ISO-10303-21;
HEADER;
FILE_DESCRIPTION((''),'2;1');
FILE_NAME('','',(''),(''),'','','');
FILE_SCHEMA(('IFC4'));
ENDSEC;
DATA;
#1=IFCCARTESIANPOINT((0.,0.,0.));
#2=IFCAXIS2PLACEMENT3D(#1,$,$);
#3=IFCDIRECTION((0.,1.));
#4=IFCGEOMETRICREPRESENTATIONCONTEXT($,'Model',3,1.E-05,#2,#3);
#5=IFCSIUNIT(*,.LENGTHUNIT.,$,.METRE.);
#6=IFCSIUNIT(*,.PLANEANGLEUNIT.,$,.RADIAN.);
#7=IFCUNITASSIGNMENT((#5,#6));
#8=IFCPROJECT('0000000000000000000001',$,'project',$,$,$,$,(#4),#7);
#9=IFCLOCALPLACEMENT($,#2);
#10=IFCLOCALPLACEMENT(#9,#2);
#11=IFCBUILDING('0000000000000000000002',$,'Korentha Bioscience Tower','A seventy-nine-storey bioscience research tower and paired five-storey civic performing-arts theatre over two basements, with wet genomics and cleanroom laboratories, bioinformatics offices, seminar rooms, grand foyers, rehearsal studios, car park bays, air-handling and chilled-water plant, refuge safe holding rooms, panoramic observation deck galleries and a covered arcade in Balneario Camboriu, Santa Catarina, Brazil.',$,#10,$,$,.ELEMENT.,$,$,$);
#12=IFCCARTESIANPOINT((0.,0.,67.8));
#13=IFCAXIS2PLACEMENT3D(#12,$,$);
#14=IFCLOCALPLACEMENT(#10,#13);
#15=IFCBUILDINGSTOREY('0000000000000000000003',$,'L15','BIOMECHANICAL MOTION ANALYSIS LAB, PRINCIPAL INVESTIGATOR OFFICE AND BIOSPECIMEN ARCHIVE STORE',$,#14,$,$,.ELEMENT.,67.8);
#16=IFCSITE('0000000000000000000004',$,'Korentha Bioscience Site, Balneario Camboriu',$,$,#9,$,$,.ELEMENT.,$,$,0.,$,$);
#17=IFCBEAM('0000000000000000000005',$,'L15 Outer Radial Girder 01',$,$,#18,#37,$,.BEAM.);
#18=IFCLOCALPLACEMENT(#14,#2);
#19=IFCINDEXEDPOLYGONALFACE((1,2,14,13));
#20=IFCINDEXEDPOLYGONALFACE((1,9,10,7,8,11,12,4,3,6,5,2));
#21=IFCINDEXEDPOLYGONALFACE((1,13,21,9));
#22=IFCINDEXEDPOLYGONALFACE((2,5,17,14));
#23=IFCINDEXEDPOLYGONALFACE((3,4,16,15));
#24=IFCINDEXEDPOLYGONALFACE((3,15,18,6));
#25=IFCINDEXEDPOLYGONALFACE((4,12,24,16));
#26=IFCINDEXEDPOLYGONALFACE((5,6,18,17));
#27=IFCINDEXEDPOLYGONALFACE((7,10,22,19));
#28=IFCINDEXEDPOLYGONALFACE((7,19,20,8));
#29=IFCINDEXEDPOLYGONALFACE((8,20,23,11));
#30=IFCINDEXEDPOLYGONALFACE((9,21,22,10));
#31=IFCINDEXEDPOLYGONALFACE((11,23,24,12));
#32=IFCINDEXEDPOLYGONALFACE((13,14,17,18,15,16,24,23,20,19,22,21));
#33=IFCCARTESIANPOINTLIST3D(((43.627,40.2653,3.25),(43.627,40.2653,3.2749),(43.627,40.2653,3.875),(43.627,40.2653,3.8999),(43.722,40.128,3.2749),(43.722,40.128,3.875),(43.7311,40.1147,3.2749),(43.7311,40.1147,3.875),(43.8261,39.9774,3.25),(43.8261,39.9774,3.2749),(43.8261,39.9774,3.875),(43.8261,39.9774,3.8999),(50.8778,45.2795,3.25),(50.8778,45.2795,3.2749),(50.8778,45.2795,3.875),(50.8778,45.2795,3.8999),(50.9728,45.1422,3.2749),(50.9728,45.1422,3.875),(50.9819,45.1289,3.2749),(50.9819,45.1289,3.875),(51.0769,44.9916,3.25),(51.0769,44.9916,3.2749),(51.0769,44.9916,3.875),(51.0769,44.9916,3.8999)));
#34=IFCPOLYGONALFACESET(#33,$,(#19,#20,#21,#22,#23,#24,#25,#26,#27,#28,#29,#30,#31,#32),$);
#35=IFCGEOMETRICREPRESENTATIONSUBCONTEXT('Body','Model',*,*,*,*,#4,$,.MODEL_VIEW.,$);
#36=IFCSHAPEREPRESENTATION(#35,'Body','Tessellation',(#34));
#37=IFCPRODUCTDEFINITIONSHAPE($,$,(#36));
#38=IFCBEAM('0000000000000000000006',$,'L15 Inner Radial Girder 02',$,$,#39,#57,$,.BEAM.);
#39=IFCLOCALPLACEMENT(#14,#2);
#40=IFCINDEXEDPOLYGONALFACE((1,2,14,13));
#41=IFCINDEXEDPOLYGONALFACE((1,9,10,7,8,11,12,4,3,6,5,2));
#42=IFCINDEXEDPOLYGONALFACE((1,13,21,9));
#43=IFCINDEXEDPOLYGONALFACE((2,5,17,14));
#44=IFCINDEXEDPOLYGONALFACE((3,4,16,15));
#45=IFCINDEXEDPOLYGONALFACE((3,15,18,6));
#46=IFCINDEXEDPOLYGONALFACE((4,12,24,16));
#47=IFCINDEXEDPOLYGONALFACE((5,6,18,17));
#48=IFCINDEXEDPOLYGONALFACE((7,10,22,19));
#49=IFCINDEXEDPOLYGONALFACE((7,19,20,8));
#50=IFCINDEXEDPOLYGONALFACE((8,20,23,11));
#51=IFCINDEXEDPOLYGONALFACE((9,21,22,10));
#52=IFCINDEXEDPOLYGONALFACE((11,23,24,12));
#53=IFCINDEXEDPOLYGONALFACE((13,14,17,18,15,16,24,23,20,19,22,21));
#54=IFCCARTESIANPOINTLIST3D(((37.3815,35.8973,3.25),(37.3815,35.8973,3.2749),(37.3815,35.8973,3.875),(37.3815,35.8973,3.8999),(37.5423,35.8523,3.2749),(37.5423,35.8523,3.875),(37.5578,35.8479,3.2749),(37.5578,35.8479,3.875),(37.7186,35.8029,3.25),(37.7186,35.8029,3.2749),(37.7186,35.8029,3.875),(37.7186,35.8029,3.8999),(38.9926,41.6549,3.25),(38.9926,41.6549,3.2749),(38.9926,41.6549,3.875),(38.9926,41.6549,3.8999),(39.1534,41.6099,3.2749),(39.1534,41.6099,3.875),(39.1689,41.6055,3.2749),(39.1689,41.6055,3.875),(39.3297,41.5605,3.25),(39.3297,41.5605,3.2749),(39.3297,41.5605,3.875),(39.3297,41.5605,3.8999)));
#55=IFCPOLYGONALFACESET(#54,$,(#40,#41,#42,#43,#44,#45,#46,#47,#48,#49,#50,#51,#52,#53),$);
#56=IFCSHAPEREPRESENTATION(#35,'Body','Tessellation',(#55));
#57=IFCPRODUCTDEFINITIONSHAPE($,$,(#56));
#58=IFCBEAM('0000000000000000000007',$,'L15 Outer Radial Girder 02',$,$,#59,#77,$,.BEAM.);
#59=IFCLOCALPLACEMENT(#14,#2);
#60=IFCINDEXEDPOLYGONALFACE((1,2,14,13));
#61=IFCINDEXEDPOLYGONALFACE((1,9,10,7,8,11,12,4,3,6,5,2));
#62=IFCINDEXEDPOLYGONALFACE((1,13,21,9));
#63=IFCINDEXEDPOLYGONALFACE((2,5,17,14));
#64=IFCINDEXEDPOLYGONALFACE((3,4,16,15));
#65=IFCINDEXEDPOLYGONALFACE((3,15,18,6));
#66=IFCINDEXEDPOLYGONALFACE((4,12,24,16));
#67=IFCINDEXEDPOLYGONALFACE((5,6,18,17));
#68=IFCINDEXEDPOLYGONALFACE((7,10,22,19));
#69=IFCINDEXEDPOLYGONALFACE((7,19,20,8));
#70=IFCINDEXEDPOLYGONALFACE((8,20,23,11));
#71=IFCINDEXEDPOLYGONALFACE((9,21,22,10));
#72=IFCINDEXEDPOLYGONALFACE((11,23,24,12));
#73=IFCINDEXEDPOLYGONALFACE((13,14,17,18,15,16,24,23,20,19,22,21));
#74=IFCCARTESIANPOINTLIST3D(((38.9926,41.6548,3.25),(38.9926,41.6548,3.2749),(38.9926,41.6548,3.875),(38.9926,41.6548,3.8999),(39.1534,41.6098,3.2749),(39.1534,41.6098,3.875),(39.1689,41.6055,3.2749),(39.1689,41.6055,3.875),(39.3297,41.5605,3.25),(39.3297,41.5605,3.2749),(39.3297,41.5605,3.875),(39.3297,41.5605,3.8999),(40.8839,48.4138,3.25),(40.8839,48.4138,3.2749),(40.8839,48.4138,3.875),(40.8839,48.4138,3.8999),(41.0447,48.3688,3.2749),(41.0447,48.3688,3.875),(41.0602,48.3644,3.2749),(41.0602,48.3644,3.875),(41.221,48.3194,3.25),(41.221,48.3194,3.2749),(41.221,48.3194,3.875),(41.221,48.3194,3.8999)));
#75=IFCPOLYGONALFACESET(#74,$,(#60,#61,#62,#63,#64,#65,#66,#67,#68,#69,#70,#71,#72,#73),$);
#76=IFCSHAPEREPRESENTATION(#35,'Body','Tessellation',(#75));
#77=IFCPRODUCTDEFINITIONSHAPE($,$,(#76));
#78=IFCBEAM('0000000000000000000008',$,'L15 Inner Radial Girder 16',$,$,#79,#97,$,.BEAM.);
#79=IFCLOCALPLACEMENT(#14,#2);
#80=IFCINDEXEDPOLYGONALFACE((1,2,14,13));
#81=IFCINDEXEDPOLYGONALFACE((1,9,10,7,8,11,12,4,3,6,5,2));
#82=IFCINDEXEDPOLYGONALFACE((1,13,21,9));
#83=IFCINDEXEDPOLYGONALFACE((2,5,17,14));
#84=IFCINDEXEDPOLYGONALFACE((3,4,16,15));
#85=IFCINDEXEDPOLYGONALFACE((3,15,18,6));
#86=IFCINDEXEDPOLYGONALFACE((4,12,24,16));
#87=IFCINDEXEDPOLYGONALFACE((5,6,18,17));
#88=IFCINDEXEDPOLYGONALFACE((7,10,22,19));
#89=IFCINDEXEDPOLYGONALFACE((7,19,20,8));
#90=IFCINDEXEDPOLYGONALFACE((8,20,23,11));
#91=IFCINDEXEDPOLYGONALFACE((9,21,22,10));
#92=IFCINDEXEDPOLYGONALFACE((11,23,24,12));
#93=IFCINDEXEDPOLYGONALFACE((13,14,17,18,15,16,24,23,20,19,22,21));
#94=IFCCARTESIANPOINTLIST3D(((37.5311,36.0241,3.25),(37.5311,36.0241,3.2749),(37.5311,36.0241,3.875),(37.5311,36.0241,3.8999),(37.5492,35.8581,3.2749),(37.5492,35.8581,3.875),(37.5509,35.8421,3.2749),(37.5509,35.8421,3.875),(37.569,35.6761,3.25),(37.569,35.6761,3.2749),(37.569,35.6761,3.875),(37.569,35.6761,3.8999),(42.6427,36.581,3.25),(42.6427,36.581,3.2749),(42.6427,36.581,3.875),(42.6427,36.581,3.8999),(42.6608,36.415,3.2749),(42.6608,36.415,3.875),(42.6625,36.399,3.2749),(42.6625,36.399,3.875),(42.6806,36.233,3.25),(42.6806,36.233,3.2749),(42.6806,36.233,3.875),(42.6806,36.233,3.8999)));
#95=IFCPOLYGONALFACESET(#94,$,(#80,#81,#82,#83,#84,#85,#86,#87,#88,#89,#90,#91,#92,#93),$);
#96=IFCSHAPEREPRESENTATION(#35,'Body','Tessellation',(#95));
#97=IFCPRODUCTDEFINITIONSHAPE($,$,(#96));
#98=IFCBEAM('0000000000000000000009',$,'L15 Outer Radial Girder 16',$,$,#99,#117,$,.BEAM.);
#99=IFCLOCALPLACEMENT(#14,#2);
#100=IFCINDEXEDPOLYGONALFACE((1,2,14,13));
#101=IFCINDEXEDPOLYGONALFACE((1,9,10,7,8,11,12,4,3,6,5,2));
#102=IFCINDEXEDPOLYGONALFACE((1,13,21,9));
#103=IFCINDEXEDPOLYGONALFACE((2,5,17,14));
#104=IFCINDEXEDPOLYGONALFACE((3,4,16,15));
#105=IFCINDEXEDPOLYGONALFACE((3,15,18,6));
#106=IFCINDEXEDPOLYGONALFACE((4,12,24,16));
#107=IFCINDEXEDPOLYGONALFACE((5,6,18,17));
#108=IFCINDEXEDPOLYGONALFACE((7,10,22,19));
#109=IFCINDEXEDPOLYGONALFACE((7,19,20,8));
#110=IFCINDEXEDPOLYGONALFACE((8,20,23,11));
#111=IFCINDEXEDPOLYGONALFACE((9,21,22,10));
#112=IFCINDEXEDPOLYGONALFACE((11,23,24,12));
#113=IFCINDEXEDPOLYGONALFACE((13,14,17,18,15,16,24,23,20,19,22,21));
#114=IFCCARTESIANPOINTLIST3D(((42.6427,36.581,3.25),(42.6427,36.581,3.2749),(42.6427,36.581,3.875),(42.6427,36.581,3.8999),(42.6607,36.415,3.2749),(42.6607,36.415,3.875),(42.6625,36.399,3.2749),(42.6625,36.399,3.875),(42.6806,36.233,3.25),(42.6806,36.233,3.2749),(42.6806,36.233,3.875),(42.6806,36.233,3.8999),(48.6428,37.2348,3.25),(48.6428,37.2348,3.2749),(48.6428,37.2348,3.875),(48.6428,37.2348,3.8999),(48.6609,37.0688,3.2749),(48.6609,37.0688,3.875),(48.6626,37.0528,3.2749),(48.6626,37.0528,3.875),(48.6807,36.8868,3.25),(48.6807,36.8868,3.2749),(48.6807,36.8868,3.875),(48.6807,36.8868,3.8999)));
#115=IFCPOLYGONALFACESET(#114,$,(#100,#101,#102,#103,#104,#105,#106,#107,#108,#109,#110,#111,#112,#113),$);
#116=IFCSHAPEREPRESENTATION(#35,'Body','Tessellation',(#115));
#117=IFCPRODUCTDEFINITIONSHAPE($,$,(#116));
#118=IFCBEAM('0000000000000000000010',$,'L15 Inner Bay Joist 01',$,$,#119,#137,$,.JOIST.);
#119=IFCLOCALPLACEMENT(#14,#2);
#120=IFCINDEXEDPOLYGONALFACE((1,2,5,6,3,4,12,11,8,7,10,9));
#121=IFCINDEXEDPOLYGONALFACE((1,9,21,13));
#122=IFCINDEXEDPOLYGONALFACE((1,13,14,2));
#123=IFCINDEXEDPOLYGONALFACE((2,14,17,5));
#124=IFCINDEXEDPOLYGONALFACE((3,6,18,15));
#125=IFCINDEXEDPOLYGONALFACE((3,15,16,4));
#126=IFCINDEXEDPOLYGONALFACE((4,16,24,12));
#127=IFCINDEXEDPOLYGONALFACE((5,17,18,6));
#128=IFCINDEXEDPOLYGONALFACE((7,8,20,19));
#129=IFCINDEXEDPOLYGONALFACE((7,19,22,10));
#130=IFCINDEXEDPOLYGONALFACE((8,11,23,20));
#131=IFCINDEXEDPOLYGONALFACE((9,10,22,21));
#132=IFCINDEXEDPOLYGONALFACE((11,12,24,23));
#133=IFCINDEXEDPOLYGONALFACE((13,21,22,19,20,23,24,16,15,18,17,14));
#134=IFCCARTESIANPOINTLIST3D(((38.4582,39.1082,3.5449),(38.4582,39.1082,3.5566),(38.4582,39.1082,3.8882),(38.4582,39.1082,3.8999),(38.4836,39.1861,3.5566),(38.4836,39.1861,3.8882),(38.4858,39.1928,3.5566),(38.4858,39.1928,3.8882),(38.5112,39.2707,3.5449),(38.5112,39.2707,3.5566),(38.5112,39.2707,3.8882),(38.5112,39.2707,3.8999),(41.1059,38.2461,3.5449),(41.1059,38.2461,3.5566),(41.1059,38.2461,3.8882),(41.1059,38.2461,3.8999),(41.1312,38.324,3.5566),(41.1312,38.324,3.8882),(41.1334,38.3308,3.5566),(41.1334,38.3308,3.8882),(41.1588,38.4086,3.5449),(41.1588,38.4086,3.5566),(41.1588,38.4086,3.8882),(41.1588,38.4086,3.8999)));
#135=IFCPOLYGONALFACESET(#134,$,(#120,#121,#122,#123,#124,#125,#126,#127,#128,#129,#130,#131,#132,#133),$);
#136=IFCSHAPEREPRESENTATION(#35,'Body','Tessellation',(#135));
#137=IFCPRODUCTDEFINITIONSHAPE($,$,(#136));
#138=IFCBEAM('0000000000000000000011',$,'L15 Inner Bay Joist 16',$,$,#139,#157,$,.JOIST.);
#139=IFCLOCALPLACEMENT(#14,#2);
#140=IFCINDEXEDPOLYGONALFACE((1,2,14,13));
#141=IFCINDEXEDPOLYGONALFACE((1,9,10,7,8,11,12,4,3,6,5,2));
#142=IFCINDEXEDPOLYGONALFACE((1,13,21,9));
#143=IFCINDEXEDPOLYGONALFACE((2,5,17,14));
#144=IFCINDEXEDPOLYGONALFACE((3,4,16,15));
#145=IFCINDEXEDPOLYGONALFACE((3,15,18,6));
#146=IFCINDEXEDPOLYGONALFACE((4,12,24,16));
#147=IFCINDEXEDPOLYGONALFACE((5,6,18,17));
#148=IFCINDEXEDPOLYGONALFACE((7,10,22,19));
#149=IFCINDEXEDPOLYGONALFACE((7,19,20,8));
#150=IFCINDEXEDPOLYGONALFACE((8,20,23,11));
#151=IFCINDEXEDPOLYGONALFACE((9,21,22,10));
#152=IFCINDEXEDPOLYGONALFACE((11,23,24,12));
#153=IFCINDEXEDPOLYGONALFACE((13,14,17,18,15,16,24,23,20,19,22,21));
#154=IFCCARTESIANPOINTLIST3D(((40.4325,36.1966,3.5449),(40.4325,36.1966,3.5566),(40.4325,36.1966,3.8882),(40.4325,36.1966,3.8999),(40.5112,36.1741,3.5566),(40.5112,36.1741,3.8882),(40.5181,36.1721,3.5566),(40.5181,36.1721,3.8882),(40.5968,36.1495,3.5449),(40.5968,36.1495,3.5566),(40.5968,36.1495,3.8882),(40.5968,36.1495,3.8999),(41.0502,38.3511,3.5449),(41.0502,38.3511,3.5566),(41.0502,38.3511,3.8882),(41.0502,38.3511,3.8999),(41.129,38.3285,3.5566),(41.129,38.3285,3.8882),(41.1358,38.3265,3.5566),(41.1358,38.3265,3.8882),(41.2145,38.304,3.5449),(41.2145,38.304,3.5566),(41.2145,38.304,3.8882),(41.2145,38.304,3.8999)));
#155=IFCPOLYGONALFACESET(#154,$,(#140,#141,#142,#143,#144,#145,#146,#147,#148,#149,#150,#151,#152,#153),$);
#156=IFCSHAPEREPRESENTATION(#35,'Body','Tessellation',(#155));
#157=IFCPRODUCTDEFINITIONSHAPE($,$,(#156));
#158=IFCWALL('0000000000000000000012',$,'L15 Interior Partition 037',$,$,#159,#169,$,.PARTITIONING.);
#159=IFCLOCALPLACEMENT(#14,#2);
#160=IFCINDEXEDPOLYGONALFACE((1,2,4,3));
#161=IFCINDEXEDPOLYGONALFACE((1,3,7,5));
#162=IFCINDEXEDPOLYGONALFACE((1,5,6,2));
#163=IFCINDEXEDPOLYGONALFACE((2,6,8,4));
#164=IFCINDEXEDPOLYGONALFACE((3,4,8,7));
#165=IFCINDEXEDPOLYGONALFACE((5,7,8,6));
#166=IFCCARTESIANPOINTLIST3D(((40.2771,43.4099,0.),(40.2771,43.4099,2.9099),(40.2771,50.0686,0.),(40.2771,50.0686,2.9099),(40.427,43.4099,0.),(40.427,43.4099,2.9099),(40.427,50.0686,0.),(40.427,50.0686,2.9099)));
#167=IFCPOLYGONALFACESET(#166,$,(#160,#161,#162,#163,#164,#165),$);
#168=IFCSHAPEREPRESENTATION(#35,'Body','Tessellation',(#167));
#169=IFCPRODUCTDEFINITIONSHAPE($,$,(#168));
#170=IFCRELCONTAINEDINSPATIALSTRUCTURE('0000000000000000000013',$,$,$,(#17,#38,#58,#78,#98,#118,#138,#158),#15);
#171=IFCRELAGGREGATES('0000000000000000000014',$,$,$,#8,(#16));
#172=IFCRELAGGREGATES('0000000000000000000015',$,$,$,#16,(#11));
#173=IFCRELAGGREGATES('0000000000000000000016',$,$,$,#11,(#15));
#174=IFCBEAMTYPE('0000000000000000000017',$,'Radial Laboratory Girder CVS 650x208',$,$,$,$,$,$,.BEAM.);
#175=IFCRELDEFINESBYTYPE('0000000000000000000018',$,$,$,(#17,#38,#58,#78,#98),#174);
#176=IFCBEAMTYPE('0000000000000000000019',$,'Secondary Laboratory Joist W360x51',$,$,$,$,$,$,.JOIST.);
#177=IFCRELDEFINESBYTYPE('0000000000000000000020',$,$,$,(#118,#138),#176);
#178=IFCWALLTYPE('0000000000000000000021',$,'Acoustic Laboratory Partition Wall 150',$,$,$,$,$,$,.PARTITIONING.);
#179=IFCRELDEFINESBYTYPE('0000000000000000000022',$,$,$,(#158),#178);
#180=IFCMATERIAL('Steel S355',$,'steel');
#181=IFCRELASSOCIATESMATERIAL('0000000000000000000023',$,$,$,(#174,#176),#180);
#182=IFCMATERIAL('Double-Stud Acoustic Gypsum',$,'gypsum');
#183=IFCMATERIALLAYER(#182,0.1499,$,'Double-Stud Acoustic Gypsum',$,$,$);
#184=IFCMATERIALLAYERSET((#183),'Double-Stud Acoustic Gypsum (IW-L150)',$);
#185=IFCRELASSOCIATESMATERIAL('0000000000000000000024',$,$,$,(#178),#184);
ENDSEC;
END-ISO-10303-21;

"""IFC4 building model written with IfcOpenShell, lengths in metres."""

from ifc_helpers import new_model, si_unit, direction, frame, frame_2d, origin, origin_2d, place, context, subcontext, project, spatial, rectangle, i_section, extrude, material, layer, layer_set, material_profile, profile_set, type_object, element, save


model = new_model("IFC4")

# Units and contexts
model_context = context("Model", 3, precision=1e-05, world=origin(), true_north=direction((0.0, 1.0)))
body_context = subcontext(model_context, "Body", "Model", "MODEL_VIEW")
ifc_project = project(units=[si_unit("LENGTHUNIT", "METRE"), si_unit("PLANEANGLEUNIT", "RADIAN")], contexts=[model_context])

# Site, building, storey
site_placement = place(None, origin())
site = spatial("IfcSite", under=ifc_project, at=site_placement, Name="Korentha Bioscience Site, Balneario Camboriu", CompositionType="ELEMENT", RefElevation=0.0)
building_placement = place(site_placement, origin())
building = spatial("IfcBuilding", under=site, at=building_placement, Name="Korentha Bioscience Tower", Description="A seventy-nine-storey bioscience research tower and paired five-storey civic performing-arts theatre over two basements, with wet genomics and cleanroom laboratories, bioinformatics offices, seminar rooms, grand foyers, rehearsal studios, car park bays, air-handling and chilled-water plant, refuge safe holding rooms, panoramic observation deck galleries and a covered arcade in Balneario Camboriu, Santa Catarina, Brazil.", CompositionType="ELEMENT")
storey_placement = place(building_placement, frame((0.0, 0.0, 67.8)))
storey = spatial("IfcBuildingStorey", under=building, at=storey_placement, Name="L15", Description="BIOMECHANICAL MOTION ANALYSIS LAB, PRINCIPAL INVESTIGATOR OFFICE AND BIOSPECIMEN ARCHIVE STORE", CompositionType="ELEMENT", Elevation=67.8)

# Beams
ifc_material_1 = material(Name="Steel S355", Category="steel")
ifc_material_profile_1 = material_profile(ifc_material_1, i_section(OverallWidth=0.3501, OverallDepth=0.6499, WebThickness=0.0161, FlangeThickness=0.0249, at=origin_2d()), Name="Steel S355")
ifc_profile_set_1 = profile_set([ifc_material_profile_1], Name="Steel S355 (RB-650)")
beam_type_1 = type_object("IfcBeamType", Name="Radial Laboratory Girder CVS 650x208", PredefinedType="BEAM", material=ifc_profile_set_1)
beam_1_placement = place(storey_placement, frame((43.7266, 40.1213, 3.575), z_axis=(0.822488, 0.568782, 0.0), x_axis=(-0.568782, 0.822488, 0.0)))
element("IfcBeam", 1, at=beam_1_placement, inside=storey, type_object=beam_type_1, Name="L15 Outer Radial Girder 01", PredefinedType="BEAM", context=body_context, shape_type="SweptSolid", body=[
    extrude(i_section(OverallWidth=0.3501, OverallDepth=0.6499, WebThickness=0.0161, FlangeThickness=0.0249, at=origin_2d()), origin(), (0.0, 0.0, 1.0), 8.8157),
])
beam_2_placement = place(storey_placement, frame((37.55, 35.8501, 3.575), z_axis=(0.269469, 0.963009, 0.0), x_axis=(-0.963009, 0.269469, 0.0)))
element("IfcBeam", 2, at=beam_2_placement, inside=storey, type_object=beam_type_1, Name="L15 Inner Radial Girder 02", PredefinedType="BEAM", context=body_context, shape_type="SweptSolid", body=[
    extrude(i_section(OverallWidth=0.3501, OverallDepth=0.6499, WebThickness=0.0161, FlangeThickness=0.0249, at=origin_2d()), origin(), (0.0, 0.0, 1.0), 5.9788),
])
beam_3_placement = place(storey_placement, frame((39.1611, 41.6077, 3.575), z_axis=(0.269475, 0.963007, 0.0), x_axis=(-0.963007, 0.269475, 0.0)))
element("IfcBeam", 3, at=beam_3_placement, inside=storey, type_object=beam_type_1, Name="L15 Outer Radial Girder 02", PredefinedType="BEAM", context=body_context, shape_type="SweptSolid", body=[
    extrude(i_section(OverallWidth=0.3501, OverallDepth=0.6499, WebThickness=0.0161, FlangeThickness=0.0249, at=origin_2d()), origin(), (0.0, 0.0, 1.0), 7.0186),
])
beam_4_placement = place(storey_placement, frame((37.55, 35.8501, 3.575), z_axis=(0.994118, 0.108305, 0.0), x_axis=(-0.108305, 0.994118, 0.0)))
element("IfcBeam", 4, at=beam_4_placement, inside=storey, type_object=beam_type_1, Name="L15 Inner Radial Girder 16", PredefinedType="BEAM", context=body_context, shape_type="SweptSolid", body=[
    extrude(i_section(OverallWidth=0.3501, OverallDepth=0.6499, WebThickness=0.0161, FlangeThickness=0.0249, at=origin_2d()), origin(), (0.0, 0.0, 1.0), 5.1418),
])
beam_5_placement = place(storey_placement, frame((42.6616, 36.407, 3.575), z_axis=(0.994116, 0.108323, 0.0), x_axis=(-0.108323, 0.994116, 0.0)))
element("IfcBeam", 5, at=beam_5_placement, inside=storey, type_object=beam_type_1, Name="L15 Outer Radial Girder 16", PredefinedType="BEAM", context=body_context, shape_type="SweptSolid", body=[
    extrude(i_section(OverallWidth=0.3501, OverallDepth=0.6499, WebThickness=0.0161, FlangeThickness=0.0249, at=origin_2d()), origin(), (0.0, 0.0, 1.0), 6.0356),
])
ifc_material_profile_2 = material_profile(ifc_material_1, i_section(OverallWidth=0.1709, OverallDepth=0.355, WebThickness=0.0071, FlangeThickness=0.0117, at=origin_2d()), Name="Steel S355")
ifc_profile_set_2 = profile_set([ifc_material_profile_2], Name="Steel S355 (JB-360)")
beam_type_2 = type_object("IfcBeamType", Name="Secondary Laboratory Joist W360x51", PredefinedType="JOIST", material=ifc_profile_set_2)
beam_6_placement = place(storey_placement, frame((41.1323, 38.3274, 3.7224), z_axis=(-0.95087, 0.309592, 0.0), x_axis=(-0.309592, -0.95087, 0.0)))
element("IfcBeam", 6, at=beam_6_placement, inside=storey, type_object=beam_type_2, Name="L15 Inner Bay Joist 01", PredefinedType="JOIST", context=body_context, shape_type="SweptSolid", body=[
    extrude(i_section(OverallWidth=0.1709, OverallDepth=0.355, WebThickness=0.0071, FlangeThickness=0.0117, at=origin_2d()), origin(), (0.0, 0.0, 1.0), 2.7844),
])
beam_7_placement = place(storey_placement, frame((40.5146, 36.1731, 3.7224), z_axis=(0.275613, 0.961269, 0.0), x_axis=(-0.961269, 0.275613, 0.0)))
element("IfcBeam", 7, at=beam_7_placement, inside=storey, type_object=beam_type_2, Name="L15 Inner Bay Joist 16", PredefinedType="JOIST", context=body_context, shape_type="SweptSolid", body=[
    extrude(i_section(OverallWidth=0.1709, OverallDepth=0.355, WebThickness=0.0071, FlangeThickness=0.0117, at=origin_2d()), origin(), (0.0, 0.0, 1.0), 2.2412),
])

# Wall
ifc_material_2 = material(Name="Double-Stud Acoustic Gypsum", Category="gypsum")
ifc_layer_1 = layer(ifc_material_2, 0.1499, Name="Double-Stud Acoustic Gypsum")
ifc_layer_set_1 = layer_set([ifc_layer_1], Name="Double-Stud Acoustic Gypsum (IW-L150)")
wall_type_1 = type_object("IfcWallType", Name="Acoustic Laboratory Partition Wall 150", PredefinedType="PARTITIONING", material=ifc_layer_set_1)
wall_1_placement = place(storey_placement, frame((40.3521, 43.4099, 0.0), z_axis=(0.0, 0.0, 1.0), x_axis=(0.0, 1.0, 0.0)))
element("IfcWall", 8, at=wall_1_placement, inside=storey, type_object=wall_type_1, Name="L15 Interior Partition 037", PredefinedType="PARTITIONING", context=body_context, shape_type="SweptSolid", body=[
    extrude(rectangle(XDim=6.6587, YDim=0.1499, at=frame_2d((3.3293, 0.0))), origin(), (0.0, 0.0, 1.0), 2.9099),
])

save(model, "model.ifc")
